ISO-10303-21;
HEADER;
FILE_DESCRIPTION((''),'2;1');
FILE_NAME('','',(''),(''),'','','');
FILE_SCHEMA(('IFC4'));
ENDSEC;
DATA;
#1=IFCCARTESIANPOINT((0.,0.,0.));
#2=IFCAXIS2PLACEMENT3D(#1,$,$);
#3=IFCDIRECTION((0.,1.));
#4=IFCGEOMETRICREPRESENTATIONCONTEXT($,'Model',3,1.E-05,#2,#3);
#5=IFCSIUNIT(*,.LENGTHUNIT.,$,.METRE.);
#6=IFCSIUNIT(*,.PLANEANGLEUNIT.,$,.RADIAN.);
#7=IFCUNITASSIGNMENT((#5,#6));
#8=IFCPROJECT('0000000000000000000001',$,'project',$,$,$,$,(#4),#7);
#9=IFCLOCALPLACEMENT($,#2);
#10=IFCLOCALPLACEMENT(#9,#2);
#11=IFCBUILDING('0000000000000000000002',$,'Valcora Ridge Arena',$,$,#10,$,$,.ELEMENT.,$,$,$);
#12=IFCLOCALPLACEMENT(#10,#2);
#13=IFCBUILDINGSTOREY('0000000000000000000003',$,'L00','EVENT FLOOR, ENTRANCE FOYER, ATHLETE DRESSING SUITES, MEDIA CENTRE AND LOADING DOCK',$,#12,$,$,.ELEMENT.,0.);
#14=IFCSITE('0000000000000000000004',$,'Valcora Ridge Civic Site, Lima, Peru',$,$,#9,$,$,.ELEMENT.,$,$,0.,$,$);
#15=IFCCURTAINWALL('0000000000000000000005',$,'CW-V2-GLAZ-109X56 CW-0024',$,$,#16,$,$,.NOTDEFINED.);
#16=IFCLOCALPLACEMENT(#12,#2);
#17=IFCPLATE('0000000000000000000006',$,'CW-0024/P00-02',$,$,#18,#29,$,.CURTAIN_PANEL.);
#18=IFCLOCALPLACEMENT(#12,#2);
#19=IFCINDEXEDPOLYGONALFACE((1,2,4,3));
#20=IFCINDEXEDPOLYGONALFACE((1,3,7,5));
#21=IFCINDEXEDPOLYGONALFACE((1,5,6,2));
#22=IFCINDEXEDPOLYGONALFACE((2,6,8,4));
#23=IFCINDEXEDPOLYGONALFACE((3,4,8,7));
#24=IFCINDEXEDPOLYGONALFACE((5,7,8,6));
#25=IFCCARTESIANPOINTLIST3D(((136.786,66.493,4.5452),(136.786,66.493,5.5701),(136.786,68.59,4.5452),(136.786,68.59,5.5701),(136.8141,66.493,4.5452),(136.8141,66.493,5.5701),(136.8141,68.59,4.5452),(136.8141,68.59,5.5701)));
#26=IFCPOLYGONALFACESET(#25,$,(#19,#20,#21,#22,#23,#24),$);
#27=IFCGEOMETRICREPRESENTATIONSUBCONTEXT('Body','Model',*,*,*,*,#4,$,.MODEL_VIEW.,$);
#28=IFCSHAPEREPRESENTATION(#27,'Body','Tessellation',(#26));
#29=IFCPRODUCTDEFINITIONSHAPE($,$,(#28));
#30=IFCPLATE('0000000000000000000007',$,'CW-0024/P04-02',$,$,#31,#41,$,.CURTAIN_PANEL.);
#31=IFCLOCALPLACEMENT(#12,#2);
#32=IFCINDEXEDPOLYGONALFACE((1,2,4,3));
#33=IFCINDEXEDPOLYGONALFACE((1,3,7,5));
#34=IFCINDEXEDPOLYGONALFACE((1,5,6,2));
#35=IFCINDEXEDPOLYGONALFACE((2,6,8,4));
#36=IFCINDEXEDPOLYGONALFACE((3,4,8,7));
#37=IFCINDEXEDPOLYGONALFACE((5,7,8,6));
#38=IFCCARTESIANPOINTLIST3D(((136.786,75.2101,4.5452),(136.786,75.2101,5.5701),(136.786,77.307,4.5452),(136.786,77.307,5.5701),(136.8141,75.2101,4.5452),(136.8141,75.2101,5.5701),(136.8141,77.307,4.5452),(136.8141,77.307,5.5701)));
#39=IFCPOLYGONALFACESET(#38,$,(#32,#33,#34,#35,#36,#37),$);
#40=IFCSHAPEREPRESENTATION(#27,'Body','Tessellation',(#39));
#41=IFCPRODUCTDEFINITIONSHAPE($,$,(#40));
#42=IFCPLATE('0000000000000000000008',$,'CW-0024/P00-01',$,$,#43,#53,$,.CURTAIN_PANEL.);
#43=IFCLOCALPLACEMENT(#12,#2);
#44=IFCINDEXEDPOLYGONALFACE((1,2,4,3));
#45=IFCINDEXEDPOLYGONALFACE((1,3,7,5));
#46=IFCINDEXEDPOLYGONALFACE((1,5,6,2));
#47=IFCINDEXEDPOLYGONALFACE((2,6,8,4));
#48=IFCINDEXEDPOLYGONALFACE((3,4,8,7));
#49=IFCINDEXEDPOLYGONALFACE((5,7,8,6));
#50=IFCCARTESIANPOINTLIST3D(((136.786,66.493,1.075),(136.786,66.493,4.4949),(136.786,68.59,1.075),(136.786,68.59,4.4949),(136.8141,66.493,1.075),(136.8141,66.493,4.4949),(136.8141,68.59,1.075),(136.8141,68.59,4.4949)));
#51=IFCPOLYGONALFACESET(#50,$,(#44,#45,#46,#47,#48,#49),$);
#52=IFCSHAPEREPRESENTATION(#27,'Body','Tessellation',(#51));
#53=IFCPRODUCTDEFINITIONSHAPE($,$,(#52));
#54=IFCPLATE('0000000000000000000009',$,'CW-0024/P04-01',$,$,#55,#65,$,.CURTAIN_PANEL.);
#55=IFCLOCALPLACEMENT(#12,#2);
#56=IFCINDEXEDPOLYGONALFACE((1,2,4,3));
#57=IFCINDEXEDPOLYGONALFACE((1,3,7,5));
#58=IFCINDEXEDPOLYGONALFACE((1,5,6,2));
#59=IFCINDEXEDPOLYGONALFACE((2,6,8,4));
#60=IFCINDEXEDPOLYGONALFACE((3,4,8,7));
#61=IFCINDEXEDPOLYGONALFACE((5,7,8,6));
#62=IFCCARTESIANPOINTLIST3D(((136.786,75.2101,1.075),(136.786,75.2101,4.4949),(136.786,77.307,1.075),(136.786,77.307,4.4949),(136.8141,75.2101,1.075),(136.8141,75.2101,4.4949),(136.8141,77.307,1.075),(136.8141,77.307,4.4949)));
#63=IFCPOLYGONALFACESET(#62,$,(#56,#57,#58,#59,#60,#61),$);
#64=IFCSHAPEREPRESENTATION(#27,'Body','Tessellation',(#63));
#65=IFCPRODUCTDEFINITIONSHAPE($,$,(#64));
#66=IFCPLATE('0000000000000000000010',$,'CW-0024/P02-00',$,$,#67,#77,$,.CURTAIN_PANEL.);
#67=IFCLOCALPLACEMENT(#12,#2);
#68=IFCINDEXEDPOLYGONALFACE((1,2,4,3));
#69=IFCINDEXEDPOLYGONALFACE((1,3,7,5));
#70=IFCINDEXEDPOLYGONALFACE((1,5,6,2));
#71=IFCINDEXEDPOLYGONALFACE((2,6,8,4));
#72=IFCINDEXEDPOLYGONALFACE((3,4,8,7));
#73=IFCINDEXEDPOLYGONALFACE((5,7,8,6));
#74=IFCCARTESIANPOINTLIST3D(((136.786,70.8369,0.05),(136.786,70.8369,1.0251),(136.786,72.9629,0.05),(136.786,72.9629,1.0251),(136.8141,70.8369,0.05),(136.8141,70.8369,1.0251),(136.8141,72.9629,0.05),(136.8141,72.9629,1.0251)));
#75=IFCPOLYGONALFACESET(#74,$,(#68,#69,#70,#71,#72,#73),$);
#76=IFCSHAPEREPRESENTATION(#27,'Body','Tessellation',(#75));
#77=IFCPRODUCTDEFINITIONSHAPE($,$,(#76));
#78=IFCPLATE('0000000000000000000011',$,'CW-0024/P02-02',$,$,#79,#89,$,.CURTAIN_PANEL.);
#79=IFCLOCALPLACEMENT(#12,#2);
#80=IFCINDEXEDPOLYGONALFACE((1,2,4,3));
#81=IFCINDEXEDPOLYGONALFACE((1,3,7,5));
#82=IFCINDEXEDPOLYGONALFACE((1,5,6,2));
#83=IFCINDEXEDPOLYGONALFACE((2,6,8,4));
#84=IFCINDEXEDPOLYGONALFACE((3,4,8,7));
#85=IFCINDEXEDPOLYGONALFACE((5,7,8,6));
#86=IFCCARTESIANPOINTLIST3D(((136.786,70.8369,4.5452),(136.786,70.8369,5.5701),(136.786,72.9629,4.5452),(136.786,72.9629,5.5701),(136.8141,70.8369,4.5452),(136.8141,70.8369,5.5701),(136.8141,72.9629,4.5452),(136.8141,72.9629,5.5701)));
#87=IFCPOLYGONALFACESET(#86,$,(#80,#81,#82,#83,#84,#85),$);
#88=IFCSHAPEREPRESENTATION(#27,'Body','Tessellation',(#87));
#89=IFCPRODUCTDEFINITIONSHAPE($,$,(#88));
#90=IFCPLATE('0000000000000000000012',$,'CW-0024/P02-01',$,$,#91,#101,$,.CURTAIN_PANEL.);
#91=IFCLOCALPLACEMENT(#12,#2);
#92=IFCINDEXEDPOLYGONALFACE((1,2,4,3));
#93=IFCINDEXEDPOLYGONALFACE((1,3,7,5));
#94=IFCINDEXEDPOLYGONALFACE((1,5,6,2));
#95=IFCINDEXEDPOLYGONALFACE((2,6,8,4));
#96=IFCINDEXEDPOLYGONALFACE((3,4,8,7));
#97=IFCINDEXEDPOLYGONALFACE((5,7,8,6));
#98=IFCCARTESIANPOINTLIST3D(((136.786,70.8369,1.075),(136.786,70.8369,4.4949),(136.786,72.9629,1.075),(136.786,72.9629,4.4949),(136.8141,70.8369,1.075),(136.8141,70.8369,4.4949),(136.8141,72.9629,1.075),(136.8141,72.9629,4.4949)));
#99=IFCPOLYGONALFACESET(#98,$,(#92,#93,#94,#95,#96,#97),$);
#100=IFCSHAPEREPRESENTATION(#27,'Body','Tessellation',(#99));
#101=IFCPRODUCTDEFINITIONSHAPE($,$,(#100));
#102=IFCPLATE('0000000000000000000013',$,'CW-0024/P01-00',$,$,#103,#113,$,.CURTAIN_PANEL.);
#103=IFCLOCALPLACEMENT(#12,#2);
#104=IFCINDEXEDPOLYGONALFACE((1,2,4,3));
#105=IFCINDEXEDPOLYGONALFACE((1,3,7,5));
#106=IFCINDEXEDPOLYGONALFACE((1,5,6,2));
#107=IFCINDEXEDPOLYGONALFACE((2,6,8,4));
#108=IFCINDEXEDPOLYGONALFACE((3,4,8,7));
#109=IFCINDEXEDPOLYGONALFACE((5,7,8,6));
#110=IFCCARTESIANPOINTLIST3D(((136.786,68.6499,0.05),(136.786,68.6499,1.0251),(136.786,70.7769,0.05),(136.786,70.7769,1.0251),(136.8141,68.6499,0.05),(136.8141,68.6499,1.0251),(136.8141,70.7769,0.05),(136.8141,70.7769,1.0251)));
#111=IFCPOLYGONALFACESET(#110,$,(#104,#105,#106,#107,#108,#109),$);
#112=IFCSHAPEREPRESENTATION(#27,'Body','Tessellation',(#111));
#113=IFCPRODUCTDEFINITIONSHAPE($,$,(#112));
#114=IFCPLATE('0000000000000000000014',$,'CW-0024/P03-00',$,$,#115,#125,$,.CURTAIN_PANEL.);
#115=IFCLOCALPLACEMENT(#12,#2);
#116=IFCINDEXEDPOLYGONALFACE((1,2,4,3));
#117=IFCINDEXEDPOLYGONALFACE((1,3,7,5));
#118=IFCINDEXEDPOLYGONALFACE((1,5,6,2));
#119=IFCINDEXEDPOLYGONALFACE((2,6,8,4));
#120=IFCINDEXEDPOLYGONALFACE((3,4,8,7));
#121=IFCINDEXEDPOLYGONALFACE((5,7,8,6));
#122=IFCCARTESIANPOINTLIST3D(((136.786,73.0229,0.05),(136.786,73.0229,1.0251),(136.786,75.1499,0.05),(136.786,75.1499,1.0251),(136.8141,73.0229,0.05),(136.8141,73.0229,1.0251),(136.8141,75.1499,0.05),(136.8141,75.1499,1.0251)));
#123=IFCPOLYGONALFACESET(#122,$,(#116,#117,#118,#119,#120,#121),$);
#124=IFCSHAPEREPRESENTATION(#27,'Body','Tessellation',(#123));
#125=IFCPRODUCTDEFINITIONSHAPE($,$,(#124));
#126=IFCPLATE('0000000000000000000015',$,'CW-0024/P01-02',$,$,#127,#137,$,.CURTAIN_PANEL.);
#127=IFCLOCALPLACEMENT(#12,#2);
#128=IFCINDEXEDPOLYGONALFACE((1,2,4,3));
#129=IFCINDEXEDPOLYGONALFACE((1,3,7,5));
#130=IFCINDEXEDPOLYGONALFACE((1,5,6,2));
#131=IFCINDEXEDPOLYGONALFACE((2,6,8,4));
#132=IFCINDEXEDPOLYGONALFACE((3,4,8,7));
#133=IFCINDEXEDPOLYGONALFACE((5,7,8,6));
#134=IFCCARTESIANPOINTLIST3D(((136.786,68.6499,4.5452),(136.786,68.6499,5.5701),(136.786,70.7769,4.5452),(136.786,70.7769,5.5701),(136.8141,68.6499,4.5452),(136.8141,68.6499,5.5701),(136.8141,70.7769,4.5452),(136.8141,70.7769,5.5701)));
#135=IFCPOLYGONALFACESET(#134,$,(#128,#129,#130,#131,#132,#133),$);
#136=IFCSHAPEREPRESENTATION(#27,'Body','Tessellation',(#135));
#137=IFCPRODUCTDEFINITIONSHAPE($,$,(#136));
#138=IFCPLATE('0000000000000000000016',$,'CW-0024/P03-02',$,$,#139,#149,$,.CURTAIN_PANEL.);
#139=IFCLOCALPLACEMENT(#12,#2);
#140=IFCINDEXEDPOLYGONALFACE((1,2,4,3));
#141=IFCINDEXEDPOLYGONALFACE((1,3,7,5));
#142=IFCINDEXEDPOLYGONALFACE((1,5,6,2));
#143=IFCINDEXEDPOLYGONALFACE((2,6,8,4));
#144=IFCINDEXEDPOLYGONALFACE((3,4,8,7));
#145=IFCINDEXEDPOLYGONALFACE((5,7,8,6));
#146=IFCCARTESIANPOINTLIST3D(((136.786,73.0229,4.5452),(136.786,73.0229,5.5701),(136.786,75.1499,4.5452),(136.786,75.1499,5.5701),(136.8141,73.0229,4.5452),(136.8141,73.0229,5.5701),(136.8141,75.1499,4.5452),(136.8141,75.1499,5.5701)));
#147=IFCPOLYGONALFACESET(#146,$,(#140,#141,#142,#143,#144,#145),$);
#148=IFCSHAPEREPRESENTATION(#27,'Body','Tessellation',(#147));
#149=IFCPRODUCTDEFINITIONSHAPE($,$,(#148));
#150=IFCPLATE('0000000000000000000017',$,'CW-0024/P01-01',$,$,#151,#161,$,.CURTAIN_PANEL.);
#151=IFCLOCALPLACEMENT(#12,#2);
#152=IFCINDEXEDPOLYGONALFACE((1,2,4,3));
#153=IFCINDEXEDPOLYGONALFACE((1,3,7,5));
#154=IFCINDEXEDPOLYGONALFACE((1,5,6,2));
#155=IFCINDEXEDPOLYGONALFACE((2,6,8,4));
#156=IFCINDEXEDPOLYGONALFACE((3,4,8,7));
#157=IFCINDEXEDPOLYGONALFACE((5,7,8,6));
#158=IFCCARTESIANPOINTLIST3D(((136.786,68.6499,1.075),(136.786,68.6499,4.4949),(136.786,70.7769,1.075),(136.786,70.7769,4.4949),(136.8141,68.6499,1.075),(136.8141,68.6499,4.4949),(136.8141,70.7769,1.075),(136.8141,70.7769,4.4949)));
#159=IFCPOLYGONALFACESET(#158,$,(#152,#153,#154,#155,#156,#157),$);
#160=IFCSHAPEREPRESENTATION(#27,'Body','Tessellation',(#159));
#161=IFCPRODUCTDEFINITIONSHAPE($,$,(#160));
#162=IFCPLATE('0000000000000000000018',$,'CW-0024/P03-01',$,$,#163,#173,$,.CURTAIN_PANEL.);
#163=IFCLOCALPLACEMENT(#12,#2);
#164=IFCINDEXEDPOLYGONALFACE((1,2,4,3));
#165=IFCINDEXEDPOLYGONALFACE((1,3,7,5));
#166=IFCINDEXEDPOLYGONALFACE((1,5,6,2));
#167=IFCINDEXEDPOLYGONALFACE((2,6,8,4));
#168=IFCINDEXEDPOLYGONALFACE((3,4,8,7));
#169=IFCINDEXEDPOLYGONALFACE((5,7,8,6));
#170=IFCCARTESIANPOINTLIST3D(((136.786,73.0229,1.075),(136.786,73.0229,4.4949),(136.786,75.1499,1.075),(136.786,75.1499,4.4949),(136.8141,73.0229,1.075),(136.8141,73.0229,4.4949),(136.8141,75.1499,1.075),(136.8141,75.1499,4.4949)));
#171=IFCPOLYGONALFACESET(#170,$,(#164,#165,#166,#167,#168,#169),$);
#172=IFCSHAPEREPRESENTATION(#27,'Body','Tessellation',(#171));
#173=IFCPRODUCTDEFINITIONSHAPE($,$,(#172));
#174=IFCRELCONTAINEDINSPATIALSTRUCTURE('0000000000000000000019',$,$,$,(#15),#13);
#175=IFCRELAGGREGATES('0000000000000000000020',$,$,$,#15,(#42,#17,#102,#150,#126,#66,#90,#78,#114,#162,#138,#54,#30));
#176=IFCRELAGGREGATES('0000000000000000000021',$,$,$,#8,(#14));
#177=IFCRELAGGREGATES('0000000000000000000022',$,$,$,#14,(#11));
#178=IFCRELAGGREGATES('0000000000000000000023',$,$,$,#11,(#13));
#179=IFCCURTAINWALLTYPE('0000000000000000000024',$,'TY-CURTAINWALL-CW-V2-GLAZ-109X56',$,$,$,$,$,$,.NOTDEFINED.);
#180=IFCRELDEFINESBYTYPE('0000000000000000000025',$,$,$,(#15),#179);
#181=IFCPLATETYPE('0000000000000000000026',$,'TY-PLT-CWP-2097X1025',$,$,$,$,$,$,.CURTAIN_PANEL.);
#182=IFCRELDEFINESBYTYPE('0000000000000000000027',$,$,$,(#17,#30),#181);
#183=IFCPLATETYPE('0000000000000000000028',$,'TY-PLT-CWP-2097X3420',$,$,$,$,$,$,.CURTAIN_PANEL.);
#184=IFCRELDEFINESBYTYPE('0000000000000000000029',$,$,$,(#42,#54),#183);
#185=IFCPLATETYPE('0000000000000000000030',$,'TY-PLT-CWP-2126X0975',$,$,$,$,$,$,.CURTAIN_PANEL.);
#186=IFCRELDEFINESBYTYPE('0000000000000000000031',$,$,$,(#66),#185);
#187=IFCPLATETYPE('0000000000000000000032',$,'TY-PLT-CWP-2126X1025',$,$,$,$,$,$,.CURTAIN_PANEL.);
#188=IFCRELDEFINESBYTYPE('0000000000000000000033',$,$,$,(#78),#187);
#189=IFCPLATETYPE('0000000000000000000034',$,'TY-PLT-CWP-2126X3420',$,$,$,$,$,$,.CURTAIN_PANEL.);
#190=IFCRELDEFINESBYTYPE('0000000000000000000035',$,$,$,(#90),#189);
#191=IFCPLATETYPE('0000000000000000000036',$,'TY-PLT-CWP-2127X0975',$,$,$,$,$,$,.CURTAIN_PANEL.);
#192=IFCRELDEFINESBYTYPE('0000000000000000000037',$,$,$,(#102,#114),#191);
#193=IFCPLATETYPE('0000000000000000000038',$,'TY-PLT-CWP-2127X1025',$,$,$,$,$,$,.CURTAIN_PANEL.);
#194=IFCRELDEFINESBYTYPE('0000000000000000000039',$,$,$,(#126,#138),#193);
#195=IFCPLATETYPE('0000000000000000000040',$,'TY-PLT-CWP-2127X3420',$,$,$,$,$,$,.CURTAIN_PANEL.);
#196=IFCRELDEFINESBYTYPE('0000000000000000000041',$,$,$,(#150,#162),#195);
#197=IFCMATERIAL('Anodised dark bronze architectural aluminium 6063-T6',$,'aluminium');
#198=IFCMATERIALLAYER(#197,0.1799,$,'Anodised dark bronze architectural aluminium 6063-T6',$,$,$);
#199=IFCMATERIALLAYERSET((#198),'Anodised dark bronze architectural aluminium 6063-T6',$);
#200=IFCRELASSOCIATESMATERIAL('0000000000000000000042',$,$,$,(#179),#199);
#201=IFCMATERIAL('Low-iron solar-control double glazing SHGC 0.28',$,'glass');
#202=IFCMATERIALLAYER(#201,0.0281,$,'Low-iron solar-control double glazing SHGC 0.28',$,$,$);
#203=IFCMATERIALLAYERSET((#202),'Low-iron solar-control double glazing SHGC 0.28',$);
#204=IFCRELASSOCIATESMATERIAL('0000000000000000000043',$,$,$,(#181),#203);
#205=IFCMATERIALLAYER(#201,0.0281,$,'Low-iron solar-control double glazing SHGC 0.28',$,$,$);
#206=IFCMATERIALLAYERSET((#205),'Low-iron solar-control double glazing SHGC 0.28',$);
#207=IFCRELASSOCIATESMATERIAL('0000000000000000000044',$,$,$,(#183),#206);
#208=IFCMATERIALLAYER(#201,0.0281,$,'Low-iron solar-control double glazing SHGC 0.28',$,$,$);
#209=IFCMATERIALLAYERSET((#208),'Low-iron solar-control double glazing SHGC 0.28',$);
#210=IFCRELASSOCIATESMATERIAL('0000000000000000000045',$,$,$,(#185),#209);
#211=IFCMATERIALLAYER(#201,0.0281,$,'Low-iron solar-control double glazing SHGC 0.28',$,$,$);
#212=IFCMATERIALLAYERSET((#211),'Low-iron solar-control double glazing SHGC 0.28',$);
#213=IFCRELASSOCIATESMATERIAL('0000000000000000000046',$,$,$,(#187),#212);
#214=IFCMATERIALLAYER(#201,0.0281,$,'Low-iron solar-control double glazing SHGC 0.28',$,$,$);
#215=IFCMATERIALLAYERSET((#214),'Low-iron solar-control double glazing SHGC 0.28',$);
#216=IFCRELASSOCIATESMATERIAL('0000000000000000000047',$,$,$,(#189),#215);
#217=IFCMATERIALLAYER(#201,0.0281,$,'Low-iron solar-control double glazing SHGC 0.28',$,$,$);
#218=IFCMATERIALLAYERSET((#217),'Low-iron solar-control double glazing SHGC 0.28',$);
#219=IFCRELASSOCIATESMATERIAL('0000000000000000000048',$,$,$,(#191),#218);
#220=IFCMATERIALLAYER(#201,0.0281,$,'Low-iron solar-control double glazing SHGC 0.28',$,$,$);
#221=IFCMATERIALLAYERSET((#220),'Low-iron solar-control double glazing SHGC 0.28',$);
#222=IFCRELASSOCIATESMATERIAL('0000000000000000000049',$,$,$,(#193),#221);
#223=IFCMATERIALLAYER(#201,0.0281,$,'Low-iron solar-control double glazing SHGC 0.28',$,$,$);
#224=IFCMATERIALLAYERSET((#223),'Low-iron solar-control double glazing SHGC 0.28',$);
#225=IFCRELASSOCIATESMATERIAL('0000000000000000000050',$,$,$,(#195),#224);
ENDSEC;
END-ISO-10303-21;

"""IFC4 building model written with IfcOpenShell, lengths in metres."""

from ifc_helpers import new_model, si_unit, direction, frame, origin, origin_2d, place, context, subcontext, project, spatial, rectangle, extrude, material, layer, layer_set, type_object, element, aggregate, save


model = new_model("IFC4")

# Units and contexts
model_context = context("Model", 3, precision=1e-05, world=origin(), true_north=direction((0.0, 1.0)))
body_context = subcontext(model_context, "Body", "Model", "MODEL_VIEW")
ifc_project = project(units=[si_unit("LENGTHUNIT", "METRE"), si_unit("PLANEANGLEUNIT", "RADIAN")], contexts=[model_context])

# Site, building, storey
site_placement = place(None, origin())
site = spatial("IfcSite", under=ifc_project, at=site_placement, Name="Valcora Ridge Civic Site, Lima, Peru", CompositionType="ELEMENT", RefElevation=0.0)
building_placement = place(site_placement, origin())
building = spatial("IfcBuilding", under=site, at=building_placement, Name="Valcora Ridge Arena", CompositionType="ELEMENT")
storey_placement = place(building_placement, origin())
storey = spatial("IfcBuildingStorey", under=building, at=storey_placement, Name="L00", Description="EVENT FLOOR, ENTRANCE FOYER, ATHLETE DRESSING SUITES, MEDIA CENTRE AND LOADING DOCK", CompositionType="ELEMENT", Elevation=0.0)

# Curtain wall, plates
ifc_material_1 = material(Name="Anodised dark bronze architectural aluminium 6063-T6", Category="aluminium")
ifc_layer_1 = layer(ifc_material_1, 0.1799, Name="Anodised dark bronze architectural aluminium 6063-T6")
ifc_layer_set_1 = layer_set([ifc_layer_1], Name="Anodised dark bronze architectural aluminium 6063-T6")
curtain_wall_type = type_object("IfcCurtainWallType", Name="TY-CURTAINWALL-CW-V2-GLAZ-109X56", PredefinedType="NOTDEFINED", material=ifc_layer_set_1)
curtain_wall_placement = place(storey_placement, origin())
curtain_wall = element("IfcCurtainWall", 1, at=curtain_wall_placement, inside=storey, type_object=curtain_wall_type, Name="CW-V2-GLAZ-109X56 CW-0024", PredefinedType="NOTDEFINED")
ifc_material_2 = material(Name="Low-iron solar-control double glazing SHGC 0.28", Category="glass")
ifc_layer_2 = layer(ifc_material_2, 0.0281, Name="Low-iron solar-control double glazing SHGC 0.28")
ifc_layer_set_2 = layer_set([ifc_layer_2], Name="Low-iron solar-control double glazing SHGC 0.28")
plate_type_1 = type_object("IfcPlateType", Name="TY-PLT-CWP-2097X1025", PredefinedType="CURTAIN_PANEL", material=ifc_layer_set_2)
plate_1_placement = place(storey_placement, frame((136.8, 67.5415, 4.5452), z_axis=(0.0, 0.0, 1.0), x_axis=(0.0, 1.0, 0.0)))
plate_1 = element("IfcPlate", 2, at=plate_1_placement, type_object=plate_type_1, Name="CW-0024/P00-02", PredefinedType="CURTAIN_PANEL", context=body_context, shape_type="SweptSolid", body=[
    extrude(rectangle(XDim=2.0969, YDim=0.0281, at=origin_2d()), origin(), (0.0, 0.0, 1.0), 1.0249),
])
plate_2_placement = place(storey_placement, frame((136.8, 76.2585, 4.5452), z_axis=(0.0, 0.0, 1.0), x_axis=(0.0, 1.0, 0.0)))
plate_2 = element("IfcPlate", 3, at=plate_2_placement, type_object=plate_type_1, Name="CW-0024/P04-02", PredefinedType="CURTAIN_PANEL", context=body_context, shape_type="SweptSolid", body=[
    extrude(rectangle(XDim=2.0969, YDim=0.0281, at=origin_2d()), origin(), (0.0, 0.0, 1.0), 1.0249),
])
ifc_layer_3 = layer(ifc_material_2, 0.0281, Name="Low-iron solar-control double glazing SHGC 0.28")
ifc_layer_set_3 = layer_set([ifc_layer_3], Name="Low-iron solar-control double glazing SHGC 0.28")
plate_type_2 = type_object("IfcPlateType", Name="TY-PLT-CWP-2097X3420", PredefinedType="CURTAIN_PANEL", material=ifc_layer_set_3)
plate_3_placement = place(storey_placement, frame((136.8, 67.5415, 1.075), z_axis=(0.0, 0.0, 1.0), x_axis=(0.0, 1.0, 0.0)))
plate_3 = element("IfcPlate", 4, at=plate_3_placement, type_object=plate_type_2, Name="CW-0024/P00-01", PredefinedType="CURTAIN_PANEL", context=body_context, shape_type="SweptSolid", body=[
    extrude(rectangle(XDim=2.0969, YDim=0.0281, at=origin_2d()), origin(), (0.0, 0.0, 1.0), 3.4199),
])
plate_4_placement = place(storey_placement, frame((136.8, 76.2585, 1.075), z_axis=(0.0, 0.0, 1.0), x_axis=(0.0, 1.0, 0.0)))
plate_4 = element("IfcPlate", 5, at=plate_4_placement, type_object=plate_type_2, Name="CW-0024/P04-01", PredefinedType="CURTAIN_PANEL", context=body_context, shape_type="SweptSolid", body=[
    extrude(rectangle(XDim=2.0969, YDim=0.0281, at=origin_2d()), origin(), (0.0, 0.0, 1.0), 3.4199),
])
ifc_layer_4 = layer(ifc_material_2, 0.0281, Name="Low-iron solar-control double glazing SHGC 0.28")
ifc_layer_set_4 = layer_set([ifc_layer_4], Name="Low-iron solar-control double glazing SHGC 0.28")
plate_type_3 = type_object("IfcPlateType", Name="TY-PLT-CWP-2126X0975", PredefinedType="CURTAIN_PANEL", material=ifc_layer_set_4)
plate_5_placement = place(storey_placement, frame((136.8, 71.8999, 0.05), z_axis=(0.0, 0.0, 1.0), x_axis=(0.0, 1.0, 0.0)))
plate_5 = element("IfcPlate", 6, at=plate_5_placement, type_object=plate_type_3, Name="CW-0024/P02-00", PredefinedType="CURTAIN_PANEL", context=body_context, shape_type="SweptSolid", body=[
    extrude(rectangle(XDim=2.126, YDim=0.0281, at=origin_2d()), origin(), (0.0, 0.0, 1.0), 0.9751),
])
ifc_layer_5 = layer(ifc_material_2, 0.0281, Name="Low-iron solar-control double glazing SHGC 0.28")
ifc_layer_set_5 = layer_set([ifc_layer_5], Name="Low-iron solar-control double glazing SHGC 0.28")
plate_type_4 = type_object("IfcPlateType", Name="TY-PLT-CWP-2126X1025", PredefinedType="CURTAIN_PANEL", material=ifc_layer_set_5)
plate_6_placement = place(storey_placement, frame((136.8, 71.8999, 4.5452), z_axis=(0.0, 0.0, 1.0), x_axis=(0.0, 1.0, 0.0)))
plate_6 = element("IfcPlate", 7, at=plate_6_placement, type_object=plate_type_4, Name="CW-0024/P02-02", PredefinedType="CURTAIN_PANEL", context=body_context, shape_type="SweptSolid", body=[
    extrude(rectangle(XDim=2.126, YDim=0.0281, at=origin_2d()), origin(), (0.0, 0.0, 1.0), 1.0249),
])
ifc_layer_6 = layer(ifc_material_2, 0.0281, Name="Low-iron solar-control double glazing SHGC 0.28")
ifc_layer_set_6 = layer_set([ifc_layer_6], Name="Low-iron solar-control double glazing SHGC 0.28")
plate_type_5 = type_object("IfcPlateType", Name="TY-PLT-CWP-2126X3420", PredefinedType="CURTAIN_PANEL", material=ifc_layer_set_6)
plate_7_placement = place(storey_placement, frame((136.8, 71.8999, 1.075), z_axis=(0.0, 0.0, 1.0), x_axis=(0.0, 1.0, 0.0)))
plate_7 = element("IfcPlate", 8, at=plate_7_placement, type_object=plate_type_5, Name="CW-0024/P02-01", PredefinedType="CURTAIN_PANEL", context=body_context, shape_type="SweptSolid", body=[
    extrude(rectangle(XDim=2.126, YDim=0.0281, at=origin_2d()), origin(), (0.0, 0.0, 1.0), 3.4199),
])
ifc_layer_7 = layer(ifc_material_2, 0.0281, Name="Low-iron solar-control double glazing SHGC 0.28")
ifc_layer_set_7 = layer_set([ifc_layer_7], Name="Low-iron solar-control double glazing SHGC 0.28")
plate_type_6 = type_object("IfcPlateType", Name="TY-PLT-CWP-2127X0975", PredefinedType="CURTAIN_PANEL", material=ifc_layer_set_7)
plate_8_placement = place(storey_placement, frame((136.8, 69.7134, 0.05), z_axis=(0.0, 0.0, 1.0), x_axis=(0.0, 1.0, 0.0)))
plate_8 = element("IfcPlate", 9, at=plate_8_placement, type_object=plate_type_6, Name="CW-0024/P01-00", PredefinedType="CURTAIN_PANEL", context=body_context, shape_type="SweptSolid", body=[
    extrude(rectangle(XDim=2.127, YDim=0.0281, at=origin_2d()), origin(), (0.0, 0.0, 1.0), 0.9751),
])
plate_9_placement = place(storey_placement, frame((136.8, 74.0864, 0.05), z_axis=(0.0, 0.0, 1.0), x_axis=(0.0, 1.0, 0.0)))
plate_9 = element("IfcPlate", 10, at=plate_9_placement, type_object=plate_type_6, Name="CW-0024/P03-00", PredefinedType="CURTAIN_PANEL", context=body_context, shape_type="SweptSolid", body=[
    extrude(rectangle(XDim=2.127, YDim=0.0281, at=origin_2d()), origin(), (0.0, 0.0, 1.0), 0.9751),
])
ifc_layer_8 = layer(ifc_material_2, 0.0281, Name="Low-iron solar-control double glazing SHGC 0.28")
ifc_layer_set_8 = layer_set([ifc_layer_8], Name="Low-iron solar-control double glazing SHGC 0.28")
plate_type_7 = type_object("IfcPlateType", Name="TY-PLT-CWP-2127X1025", PredefinedType="CURTAIN_PANEL", material=ifc_layer_set_8)
plate_10_placement = place(storey_placement, frame((136.8, 69.7134, 4.5452), z_axis=(0.0, 0.0, 1.0), x_axis=(0.0, 1.0, 0.0)))
plate_10 = element("IfcPlate", 11, at=plate_10_placement, type_object=plate_type_7, Name="CW-0024/P01-02", PredefinedType="CURTAIN_PANEL", context=body_context, shape_type="SweptSolid", body=[
    extrude(rectangle(XDim=2.127, YDim=0.0281, at=origin_2d()), origin(), (0.0, 0.0, 1.0), 1.0249),
])
plate_11_placement = place(storey_placement, frame((136.8, 74.0864, 4.5452), z_axis=(0.0, 0.0, 1.0), x_axis=(0.0, 1.0, 0.0)))
plate_11 = element("IfcPlate", 12, at=plate_11_placement, type_object=plate_type_7, Name="CW-0024/P03-02", PredefinedType="CURTAIN_PANEL", context=body_context, shape_type="SweptSolid", body=[
    extrude(rectangle(XDim=2.127, YDim=0.0281, at=origin_2d()), origin(), (0.0, 0.0, 1.0), 1.0249),
])
ifc_layer_9 = layer(ifc_material_2, 0.0281, Name="Low-iron solar-control double glazing SHGC 0.28")
ifc_layer_set_9 = layer_set([ifc_layer_9], Name="Low-iron solar-control double glazing SHGC 0.28")
plate_type_8 = type_object("IfcPlateType", Name="TY-PLT-CWP-2127X3420", PredefinedType="CURTAIN_PANEL", material=ifc_layer_set_9)
plate_12_placement = place(storey_placement, frame((136.8, 69.7134, 1.075), z_axis=(0.0, 0.0, 1.0), x_axis=(0.0, 1.0, 0.0)))
plate_12 = element("IfcPlate", 13, at=plate_12_placement, type_object=plate_type_8, Name="CW-0024/P01-01", PredefinedType="CURTAIN_PANEL", context=body_context, shape_type="SweptSolid", body=[
    extrude(rectangle(XDim=2.127, YDim=0.0281, at=origin_2d()), origin(), (0.0, 0.0, 1.0), 3.4199),
])
plate_13_placement = place(storey_placement, frame((136.8, 74.0864, 1.075), z_axis=(0.0, 0.0, 1.0), x_axis=(0.0, 1.0, 0.0)))
plate_13 = element("IfcPlate", 14, at=plate_13_placement, type_object=plate_type_8, Name="CW-0024/P03-01", PredefinedType="CURTAIN_PANEL", context=body_context, shape_type="SweptSolid", body=[
    extrude(rectangle(XDim=2.127, YDim=0.0281, at=origin_2d()), origin(), (0.0, 0.0, 1.0), 3.4199),
])
aggregate(curtain_wall, [plate_3, plate_1, plate_8, plate_12, plate_10, plate_5, plate_7, plate_6, plate_9, plate_13, plate_11, plate_4, plate_2])

save(model, "model.ifc")
